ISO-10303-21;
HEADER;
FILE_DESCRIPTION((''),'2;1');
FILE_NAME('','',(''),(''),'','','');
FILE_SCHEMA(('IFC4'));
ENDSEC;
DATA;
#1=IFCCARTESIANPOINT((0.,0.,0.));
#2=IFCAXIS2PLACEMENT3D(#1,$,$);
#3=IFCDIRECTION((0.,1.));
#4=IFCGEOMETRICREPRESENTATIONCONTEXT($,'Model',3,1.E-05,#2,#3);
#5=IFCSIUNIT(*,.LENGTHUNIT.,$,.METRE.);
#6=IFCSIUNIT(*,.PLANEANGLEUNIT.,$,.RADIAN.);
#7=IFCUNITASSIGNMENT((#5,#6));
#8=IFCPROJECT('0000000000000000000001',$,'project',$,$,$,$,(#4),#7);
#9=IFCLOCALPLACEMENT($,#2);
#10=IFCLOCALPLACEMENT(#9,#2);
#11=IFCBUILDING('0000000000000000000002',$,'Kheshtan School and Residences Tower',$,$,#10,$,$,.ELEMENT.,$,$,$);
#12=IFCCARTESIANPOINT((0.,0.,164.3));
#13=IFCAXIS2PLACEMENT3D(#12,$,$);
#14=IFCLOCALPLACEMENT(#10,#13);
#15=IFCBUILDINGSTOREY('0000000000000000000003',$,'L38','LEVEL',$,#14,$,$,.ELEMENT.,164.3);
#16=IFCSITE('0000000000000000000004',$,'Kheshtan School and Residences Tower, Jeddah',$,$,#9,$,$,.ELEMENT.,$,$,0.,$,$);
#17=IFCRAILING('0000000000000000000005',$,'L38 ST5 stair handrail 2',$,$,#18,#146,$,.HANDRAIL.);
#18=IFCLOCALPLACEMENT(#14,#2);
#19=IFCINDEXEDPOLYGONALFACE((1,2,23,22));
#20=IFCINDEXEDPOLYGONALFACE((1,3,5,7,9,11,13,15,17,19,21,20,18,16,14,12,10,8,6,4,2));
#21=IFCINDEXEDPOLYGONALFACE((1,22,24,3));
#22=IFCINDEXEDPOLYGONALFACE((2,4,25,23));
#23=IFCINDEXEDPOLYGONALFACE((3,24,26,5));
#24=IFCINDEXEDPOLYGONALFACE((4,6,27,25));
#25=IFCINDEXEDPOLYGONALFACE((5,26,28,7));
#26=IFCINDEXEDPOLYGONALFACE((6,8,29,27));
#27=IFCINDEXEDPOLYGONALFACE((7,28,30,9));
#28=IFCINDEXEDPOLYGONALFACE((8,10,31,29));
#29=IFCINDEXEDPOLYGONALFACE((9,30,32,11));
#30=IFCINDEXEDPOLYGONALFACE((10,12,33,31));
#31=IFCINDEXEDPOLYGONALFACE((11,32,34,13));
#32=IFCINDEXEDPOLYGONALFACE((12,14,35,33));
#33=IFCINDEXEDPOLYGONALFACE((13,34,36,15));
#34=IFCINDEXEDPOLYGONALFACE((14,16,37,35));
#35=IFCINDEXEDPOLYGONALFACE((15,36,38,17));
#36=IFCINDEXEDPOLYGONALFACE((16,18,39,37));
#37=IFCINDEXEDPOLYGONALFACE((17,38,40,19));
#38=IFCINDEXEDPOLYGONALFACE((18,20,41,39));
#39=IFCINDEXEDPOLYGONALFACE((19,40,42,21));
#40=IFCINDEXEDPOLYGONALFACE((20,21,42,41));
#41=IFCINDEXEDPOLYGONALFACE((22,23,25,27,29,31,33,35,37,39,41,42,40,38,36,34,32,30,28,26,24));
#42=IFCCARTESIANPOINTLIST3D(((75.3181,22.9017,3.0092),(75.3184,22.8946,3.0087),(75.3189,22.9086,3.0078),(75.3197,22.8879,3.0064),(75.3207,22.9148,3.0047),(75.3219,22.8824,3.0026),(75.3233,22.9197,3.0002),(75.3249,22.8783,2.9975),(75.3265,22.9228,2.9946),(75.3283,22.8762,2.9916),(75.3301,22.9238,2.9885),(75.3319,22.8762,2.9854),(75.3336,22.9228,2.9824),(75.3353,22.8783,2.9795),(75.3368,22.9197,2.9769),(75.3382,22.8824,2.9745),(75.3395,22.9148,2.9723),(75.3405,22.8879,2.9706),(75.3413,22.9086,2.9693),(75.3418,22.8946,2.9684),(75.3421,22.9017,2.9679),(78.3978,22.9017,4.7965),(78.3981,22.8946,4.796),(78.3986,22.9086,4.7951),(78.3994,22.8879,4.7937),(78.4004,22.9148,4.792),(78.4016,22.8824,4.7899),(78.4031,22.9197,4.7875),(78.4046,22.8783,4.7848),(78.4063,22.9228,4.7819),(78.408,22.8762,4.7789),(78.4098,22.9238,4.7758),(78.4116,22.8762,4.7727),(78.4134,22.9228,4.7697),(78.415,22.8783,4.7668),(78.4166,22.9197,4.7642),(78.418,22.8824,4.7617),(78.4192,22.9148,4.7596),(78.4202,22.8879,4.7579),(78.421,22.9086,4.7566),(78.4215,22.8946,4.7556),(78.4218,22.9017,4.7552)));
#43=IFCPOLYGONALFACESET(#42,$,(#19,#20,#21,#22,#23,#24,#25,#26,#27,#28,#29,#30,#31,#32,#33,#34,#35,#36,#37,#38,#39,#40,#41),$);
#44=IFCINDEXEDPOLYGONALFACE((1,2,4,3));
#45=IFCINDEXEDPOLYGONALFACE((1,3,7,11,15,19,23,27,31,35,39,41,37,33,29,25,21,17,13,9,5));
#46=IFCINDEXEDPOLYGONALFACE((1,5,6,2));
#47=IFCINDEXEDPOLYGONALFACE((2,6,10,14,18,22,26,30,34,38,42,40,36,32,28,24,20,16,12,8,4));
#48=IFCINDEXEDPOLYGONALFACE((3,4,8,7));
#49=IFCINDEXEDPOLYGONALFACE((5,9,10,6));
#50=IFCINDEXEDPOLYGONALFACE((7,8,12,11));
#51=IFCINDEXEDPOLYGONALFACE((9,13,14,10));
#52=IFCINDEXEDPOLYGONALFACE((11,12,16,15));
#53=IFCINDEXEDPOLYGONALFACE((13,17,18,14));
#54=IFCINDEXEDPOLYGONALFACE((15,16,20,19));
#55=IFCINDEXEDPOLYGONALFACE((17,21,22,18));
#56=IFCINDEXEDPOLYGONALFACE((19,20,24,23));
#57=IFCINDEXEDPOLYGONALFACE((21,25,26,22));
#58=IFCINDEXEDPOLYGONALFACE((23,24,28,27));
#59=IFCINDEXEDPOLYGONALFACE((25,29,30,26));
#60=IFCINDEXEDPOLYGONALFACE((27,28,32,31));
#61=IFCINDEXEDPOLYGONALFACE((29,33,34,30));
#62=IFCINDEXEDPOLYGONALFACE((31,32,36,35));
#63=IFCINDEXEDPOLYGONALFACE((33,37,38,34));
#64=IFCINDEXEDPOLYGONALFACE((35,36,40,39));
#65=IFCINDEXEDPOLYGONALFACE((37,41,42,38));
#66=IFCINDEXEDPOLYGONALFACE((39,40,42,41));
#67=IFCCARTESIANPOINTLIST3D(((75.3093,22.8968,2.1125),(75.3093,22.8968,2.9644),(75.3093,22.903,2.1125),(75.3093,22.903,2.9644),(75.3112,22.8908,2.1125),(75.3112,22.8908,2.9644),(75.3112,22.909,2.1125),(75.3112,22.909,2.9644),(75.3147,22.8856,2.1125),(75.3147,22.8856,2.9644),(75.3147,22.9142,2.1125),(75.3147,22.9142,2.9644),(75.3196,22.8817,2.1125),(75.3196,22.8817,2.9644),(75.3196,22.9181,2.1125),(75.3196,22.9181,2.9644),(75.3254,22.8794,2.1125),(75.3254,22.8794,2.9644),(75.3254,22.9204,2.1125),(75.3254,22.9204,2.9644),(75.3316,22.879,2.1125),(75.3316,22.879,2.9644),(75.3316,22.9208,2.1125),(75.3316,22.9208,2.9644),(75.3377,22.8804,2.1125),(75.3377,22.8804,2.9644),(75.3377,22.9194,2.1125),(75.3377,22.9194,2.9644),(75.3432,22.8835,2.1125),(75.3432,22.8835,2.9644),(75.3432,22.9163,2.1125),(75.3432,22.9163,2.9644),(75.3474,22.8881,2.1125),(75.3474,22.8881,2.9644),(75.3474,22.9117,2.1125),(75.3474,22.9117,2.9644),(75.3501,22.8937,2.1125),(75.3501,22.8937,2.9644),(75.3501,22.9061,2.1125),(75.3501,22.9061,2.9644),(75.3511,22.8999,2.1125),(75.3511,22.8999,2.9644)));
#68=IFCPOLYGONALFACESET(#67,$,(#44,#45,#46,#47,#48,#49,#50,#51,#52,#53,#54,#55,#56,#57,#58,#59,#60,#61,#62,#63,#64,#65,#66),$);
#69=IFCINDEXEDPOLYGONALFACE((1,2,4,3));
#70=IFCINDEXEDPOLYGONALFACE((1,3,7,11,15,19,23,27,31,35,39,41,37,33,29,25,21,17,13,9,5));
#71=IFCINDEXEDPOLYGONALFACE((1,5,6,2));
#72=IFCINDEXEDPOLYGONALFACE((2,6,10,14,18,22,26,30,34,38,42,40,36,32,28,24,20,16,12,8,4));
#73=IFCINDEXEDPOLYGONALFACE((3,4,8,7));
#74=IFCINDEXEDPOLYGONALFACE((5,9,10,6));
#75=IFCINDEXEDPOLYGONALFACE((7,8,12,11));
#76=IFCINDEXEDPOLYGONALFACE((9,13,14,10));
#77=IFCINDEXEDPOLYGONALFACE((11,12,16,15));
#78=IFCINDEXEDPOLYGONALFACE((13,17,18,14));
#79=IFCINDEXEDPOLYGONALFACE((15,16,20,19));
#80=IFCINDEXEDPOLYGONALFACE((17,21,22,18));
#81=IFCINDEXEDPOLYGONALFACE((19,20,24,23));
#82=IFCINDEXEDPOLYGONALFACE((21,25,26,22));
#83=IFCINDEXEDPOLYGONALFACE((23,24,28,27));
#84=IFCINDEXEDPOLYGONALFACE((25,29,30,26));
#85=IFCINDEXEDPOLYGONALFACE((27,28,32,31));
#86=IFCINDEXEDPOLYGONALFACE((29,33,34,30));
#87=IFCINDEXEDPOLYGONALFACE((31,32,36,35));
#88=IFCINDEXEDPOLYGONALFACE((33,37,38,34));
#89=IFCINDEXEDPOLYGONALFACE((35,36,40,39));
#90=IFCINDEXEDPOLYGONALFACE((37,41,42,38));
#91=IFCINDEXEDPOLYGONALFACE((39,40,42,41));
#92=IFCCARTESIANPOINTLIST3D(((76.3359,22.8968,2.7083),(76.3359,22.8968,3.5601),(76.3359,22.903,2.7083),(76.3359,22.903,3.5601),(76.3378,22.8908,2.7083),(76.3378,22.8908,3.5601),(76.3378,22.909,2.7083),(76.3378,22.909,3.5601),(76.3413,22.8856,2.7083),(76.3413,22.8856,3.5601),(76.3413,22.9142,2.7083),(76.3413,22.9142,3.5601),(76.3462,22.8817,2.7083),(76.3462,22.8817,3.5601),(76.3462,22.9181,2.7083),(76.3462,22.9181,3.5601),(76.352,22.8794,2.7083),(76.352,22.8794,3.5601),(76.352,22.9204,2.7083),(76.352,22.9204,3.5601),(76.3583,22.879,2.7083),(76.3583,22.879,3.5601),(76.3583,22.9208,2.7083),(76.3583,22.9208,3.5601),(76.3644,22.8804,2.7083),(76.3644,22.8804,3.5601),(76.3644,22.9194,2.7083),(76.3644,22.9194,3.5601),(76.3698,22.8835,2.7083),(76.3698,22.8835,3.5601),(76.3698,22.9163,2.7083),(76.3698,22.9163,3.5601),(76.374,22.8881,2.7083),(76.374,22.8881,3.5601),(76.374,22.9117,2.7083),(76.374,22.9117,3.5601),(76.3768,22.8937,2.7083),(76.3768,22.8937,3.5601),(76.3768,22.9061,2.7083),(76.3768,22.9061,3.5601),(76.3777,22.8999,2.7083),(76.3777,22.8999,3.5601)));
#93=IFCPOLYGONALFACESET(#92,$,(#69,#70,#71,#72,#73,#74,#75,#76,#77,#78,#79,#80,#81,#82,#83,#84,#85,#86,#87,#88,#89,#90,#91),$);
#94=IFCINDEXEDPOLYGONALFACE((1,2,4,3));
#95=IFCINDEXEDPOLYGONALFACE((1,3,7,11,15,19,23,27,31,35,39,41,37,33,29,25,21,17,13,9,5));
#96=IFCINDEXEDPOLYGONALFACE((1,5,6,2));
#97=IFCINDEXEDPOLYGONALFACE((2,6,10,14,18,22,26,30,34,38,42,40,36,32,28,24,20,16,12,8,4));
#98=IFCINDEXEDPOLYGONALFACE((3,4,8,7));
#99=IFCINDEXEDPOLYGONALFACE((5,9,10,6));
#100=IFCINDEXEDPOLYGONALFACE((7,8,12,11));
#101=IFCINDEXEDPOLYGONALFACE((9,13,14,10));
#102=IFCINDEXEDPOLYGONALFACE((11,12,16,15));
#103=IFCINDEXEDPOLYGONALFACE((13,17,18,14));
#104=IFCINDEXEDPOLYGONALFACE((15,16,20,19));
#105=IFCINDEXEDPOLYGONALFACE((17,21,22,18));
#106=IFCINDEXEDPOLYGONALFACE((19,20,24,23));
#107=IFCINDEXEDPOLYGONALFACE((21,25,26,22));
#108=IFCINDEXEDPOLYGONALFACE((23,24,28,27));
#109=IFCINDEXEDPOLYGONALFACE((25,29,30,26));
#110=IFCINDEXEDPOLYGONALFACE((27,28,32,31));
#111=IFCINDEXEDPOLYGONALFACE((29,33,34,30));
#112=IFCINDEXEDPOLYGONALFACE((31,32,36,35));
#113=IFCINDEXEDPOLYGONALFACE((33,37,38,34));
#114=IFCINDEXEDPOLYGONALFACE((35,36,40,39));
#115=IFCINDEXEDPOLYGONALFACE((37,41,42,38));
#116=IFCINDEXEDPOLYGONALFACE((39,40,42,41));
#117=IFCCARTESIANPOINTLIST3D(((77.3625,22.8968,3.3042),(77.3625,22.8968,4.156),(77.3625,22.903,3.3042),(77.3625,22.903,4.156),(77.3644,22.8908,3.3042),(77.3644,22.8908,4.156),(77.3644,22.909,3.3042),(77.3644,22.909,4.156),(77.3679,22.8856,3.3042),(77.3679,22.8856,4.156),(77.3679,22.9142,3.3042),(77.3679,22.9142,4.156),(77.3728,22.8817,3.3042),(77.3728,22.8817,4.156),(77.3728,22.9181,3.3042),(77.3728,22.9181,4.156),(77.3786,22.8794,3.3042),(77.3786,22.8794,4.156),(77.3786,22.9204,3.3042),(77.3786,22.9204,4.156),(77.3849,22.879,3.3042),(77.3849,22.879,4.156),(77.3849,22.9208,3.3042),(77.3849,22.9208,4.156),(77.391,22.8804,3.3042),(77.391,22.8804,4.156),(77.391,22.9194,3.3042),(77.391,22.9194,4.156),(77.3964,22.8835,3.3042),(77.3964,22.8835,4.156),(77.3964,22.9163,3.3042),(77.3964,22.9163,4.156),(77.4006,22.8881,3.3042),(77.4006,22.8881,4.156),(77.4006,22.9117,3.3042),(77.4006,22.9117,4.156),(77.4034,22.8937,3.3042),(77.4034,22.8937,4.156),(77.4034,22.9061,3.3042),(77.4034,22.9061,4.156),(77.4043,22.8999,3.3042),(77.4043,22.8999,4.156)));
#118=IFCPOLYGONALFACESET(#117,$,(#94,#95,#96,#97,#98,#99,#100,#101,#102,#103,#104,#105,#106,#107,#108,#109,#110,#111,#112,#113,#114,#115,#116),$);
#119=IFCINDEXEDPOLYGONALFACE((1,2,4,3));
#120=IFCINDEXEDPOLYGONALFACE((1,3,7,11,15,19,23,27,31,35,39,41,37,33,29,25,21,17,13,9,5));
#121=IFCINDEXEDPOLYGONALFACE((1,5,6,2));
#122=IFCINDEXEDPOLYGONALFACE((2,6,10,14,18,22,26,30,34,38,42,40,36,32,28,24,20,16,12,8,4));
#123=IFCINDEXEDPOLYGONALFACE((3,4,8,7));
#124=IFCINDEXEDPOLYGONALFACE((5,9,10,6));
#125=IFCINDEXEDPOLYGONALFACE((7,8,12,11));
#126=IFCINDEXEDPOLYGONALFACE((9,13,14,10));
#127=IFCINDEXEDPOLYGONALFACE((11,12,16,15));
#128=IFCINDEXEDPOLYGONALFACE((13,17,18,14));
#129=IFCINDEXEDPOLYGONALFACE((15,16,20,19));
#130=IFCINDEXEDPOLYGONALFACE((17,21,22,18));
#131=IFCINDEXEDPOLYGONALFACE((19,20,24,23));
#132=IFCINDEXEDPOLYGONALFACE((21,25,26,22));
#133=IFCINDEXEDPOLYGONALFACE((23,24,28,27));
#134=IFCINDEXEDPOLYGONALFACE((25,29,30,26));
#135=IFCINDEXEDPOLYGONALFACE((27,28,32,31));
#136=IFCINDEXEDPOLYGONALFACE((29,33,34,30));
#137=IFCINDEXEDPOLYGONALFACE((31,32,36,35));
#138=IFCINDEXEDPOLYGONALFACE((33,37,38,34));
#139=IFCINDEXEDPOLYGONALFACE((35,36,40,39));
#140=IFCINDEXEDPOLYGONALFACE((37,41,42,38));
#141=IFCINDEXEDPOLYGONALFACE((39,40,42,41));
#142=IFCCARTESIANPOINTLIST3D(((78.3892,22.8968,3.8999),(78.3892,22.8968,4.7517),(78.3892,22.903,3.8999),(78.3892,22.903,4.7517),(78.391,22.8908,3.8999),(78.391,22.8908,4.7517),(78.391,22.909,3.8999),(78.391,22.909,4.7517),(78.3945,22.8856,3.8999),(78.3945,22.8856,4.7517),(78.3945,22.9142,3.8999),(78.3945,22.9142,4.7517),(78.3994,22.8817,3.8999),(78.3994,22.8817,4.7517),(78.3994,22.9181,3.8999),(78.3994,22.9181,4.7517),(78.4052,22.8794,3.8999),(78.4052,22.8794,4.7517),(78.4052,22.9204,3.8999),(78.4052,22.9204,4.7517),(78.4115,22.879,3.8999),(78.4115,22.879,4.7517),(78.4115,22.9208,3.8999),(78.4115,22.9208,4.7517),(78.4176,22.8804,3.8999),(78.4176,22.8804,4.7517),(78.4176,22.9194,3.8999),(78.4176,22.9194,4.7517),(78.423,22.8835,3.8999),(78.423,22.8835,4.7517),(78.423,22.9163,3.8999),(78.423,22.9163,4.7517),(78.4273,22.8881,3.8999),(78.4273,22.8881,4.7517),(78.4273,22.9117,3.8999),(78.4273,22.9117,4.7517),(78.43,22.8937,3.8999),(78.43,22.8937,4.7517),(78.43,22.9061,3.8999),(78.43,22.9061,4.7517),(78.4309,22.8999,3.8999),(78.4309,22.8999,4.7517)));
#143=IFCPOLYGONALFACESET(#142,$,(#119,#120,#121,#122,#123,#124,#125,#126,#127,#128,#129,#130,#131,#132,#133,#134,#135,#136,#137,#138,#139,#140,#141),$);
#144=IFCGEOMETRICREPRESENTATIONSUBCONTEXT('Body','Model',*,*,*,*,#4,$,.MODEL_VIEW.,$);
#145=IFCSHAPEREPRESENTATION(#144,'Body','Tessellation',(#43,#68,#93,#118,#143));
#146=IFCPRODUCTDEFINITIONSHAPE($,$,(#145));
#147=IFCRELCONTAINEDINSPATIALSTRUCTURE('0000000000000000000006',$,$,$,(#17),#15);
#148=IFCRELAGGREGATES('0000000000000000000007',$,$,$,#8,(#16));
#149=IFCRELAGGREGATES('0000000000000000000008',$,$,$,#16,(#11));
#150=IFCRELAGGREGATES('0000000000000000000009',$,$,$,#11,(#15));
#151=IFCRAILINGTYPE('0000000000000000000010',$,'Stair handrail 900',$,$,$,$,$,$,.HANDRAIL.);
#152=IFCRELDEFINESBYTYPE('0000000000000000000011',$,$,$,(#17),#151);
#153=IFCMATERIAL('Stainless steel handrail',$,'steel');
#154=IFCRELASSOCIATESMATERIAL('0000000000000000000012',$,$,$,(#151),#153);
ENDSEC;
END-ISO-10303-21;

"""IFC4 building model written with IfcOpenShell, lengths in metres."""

from ifc_helpers import new_model, si_unit, direction, frame, origin, origin_2d, place, context, subcontext, project, spatial, circle, extrude, material, type_object, element, save


model = new_model("IFC4")

# Units and contexts
model_context = context("Model", 3, precision=1e-05, world=origin(), true_north=direction((0.0, 1.0)))
body_context = subcontext(model_context, "Body", "Model", "MODEL_VIEW")
ifc_project = project(units=[si_unit("LENGTHUNIT", "METRE"), si_unit("PLANEANGLEUNIT", "RADIAN")], contexts=[model_context])

# Site, building, storey
site_placement = place(None, origin())
site = spatial("IfcSite", under=ifc_project, at=site_placement, Name="Kheshtan School and Residences Tower, Jeddah", CompositionType="ELEMENT", RefElevation=0.0)
building_placement = place(site_placement, origin())
building = spatial("IfcBuilding", under=site, at=building_placement, Name="Kheshtan School and Residences Tower", CompositionType="ELEMENT")
storey_placement = place(building_placement, frame((0.0, 0.0, 164.3)))
storey = spatial("IfcBuildingStorey", under=building, at=storey_placement, Name="L38", Description="LEVEL", CompositionType="ELEMENT", Elevation=164.3)

# Railing
ifc_material_1 = material(Name="Stainless steel handrail", Category="steel")
railing_type_1 = type_object("IfcRailingType", Name="Stair handrail 900", PredefinedType="HANDRAIL", material=ifc_material_1)
railing_1_placement = place(storey_placement, frame((75.3301, 22.8999, 2.1125)))
element("IfcRailing", 1, at=railing_1_placement, inside=storey, type_object=railing_type_1, Name="L38 ST5 stair handrail 2", PredefinedType="HANDRAIL", context=body_context, shape_type="SweptSolid", body=[
    extrude(circle(Radius=0.0239, at=origin_2d()), frame((0.0, 0.0, 0.876), z_axis=(0.864903, 0.0, 0.501939), x_axis=(0.0, 1.0, 0.0)), (0.0, 0.0, 1.0), 3.5608),
    extrude(circle(Radius=0.021, at=origin_2d()), origin(), (0.0, 0.0, 1.0), 0.8518),
    extrude(circle(Radius=0.021, at=origin_2d()), frame((1.0266, 0.0, 0.5957)), (0.0, 0.0, 1.0), 0.8518),
    extrude(circle(Radius=0.021, at=origin_2d()), frame((2.0532, 0.0, 1.1917)), (0.0, 0.0, 1.0), 0.8518),
    extrude(circle(Radius=0.021, at=origin_2d()), frame((3.0798, 0.0, 1.7874)), (0.0, 0.0, 1.0), 0.8518),
])

save(model, "model.ifc")
